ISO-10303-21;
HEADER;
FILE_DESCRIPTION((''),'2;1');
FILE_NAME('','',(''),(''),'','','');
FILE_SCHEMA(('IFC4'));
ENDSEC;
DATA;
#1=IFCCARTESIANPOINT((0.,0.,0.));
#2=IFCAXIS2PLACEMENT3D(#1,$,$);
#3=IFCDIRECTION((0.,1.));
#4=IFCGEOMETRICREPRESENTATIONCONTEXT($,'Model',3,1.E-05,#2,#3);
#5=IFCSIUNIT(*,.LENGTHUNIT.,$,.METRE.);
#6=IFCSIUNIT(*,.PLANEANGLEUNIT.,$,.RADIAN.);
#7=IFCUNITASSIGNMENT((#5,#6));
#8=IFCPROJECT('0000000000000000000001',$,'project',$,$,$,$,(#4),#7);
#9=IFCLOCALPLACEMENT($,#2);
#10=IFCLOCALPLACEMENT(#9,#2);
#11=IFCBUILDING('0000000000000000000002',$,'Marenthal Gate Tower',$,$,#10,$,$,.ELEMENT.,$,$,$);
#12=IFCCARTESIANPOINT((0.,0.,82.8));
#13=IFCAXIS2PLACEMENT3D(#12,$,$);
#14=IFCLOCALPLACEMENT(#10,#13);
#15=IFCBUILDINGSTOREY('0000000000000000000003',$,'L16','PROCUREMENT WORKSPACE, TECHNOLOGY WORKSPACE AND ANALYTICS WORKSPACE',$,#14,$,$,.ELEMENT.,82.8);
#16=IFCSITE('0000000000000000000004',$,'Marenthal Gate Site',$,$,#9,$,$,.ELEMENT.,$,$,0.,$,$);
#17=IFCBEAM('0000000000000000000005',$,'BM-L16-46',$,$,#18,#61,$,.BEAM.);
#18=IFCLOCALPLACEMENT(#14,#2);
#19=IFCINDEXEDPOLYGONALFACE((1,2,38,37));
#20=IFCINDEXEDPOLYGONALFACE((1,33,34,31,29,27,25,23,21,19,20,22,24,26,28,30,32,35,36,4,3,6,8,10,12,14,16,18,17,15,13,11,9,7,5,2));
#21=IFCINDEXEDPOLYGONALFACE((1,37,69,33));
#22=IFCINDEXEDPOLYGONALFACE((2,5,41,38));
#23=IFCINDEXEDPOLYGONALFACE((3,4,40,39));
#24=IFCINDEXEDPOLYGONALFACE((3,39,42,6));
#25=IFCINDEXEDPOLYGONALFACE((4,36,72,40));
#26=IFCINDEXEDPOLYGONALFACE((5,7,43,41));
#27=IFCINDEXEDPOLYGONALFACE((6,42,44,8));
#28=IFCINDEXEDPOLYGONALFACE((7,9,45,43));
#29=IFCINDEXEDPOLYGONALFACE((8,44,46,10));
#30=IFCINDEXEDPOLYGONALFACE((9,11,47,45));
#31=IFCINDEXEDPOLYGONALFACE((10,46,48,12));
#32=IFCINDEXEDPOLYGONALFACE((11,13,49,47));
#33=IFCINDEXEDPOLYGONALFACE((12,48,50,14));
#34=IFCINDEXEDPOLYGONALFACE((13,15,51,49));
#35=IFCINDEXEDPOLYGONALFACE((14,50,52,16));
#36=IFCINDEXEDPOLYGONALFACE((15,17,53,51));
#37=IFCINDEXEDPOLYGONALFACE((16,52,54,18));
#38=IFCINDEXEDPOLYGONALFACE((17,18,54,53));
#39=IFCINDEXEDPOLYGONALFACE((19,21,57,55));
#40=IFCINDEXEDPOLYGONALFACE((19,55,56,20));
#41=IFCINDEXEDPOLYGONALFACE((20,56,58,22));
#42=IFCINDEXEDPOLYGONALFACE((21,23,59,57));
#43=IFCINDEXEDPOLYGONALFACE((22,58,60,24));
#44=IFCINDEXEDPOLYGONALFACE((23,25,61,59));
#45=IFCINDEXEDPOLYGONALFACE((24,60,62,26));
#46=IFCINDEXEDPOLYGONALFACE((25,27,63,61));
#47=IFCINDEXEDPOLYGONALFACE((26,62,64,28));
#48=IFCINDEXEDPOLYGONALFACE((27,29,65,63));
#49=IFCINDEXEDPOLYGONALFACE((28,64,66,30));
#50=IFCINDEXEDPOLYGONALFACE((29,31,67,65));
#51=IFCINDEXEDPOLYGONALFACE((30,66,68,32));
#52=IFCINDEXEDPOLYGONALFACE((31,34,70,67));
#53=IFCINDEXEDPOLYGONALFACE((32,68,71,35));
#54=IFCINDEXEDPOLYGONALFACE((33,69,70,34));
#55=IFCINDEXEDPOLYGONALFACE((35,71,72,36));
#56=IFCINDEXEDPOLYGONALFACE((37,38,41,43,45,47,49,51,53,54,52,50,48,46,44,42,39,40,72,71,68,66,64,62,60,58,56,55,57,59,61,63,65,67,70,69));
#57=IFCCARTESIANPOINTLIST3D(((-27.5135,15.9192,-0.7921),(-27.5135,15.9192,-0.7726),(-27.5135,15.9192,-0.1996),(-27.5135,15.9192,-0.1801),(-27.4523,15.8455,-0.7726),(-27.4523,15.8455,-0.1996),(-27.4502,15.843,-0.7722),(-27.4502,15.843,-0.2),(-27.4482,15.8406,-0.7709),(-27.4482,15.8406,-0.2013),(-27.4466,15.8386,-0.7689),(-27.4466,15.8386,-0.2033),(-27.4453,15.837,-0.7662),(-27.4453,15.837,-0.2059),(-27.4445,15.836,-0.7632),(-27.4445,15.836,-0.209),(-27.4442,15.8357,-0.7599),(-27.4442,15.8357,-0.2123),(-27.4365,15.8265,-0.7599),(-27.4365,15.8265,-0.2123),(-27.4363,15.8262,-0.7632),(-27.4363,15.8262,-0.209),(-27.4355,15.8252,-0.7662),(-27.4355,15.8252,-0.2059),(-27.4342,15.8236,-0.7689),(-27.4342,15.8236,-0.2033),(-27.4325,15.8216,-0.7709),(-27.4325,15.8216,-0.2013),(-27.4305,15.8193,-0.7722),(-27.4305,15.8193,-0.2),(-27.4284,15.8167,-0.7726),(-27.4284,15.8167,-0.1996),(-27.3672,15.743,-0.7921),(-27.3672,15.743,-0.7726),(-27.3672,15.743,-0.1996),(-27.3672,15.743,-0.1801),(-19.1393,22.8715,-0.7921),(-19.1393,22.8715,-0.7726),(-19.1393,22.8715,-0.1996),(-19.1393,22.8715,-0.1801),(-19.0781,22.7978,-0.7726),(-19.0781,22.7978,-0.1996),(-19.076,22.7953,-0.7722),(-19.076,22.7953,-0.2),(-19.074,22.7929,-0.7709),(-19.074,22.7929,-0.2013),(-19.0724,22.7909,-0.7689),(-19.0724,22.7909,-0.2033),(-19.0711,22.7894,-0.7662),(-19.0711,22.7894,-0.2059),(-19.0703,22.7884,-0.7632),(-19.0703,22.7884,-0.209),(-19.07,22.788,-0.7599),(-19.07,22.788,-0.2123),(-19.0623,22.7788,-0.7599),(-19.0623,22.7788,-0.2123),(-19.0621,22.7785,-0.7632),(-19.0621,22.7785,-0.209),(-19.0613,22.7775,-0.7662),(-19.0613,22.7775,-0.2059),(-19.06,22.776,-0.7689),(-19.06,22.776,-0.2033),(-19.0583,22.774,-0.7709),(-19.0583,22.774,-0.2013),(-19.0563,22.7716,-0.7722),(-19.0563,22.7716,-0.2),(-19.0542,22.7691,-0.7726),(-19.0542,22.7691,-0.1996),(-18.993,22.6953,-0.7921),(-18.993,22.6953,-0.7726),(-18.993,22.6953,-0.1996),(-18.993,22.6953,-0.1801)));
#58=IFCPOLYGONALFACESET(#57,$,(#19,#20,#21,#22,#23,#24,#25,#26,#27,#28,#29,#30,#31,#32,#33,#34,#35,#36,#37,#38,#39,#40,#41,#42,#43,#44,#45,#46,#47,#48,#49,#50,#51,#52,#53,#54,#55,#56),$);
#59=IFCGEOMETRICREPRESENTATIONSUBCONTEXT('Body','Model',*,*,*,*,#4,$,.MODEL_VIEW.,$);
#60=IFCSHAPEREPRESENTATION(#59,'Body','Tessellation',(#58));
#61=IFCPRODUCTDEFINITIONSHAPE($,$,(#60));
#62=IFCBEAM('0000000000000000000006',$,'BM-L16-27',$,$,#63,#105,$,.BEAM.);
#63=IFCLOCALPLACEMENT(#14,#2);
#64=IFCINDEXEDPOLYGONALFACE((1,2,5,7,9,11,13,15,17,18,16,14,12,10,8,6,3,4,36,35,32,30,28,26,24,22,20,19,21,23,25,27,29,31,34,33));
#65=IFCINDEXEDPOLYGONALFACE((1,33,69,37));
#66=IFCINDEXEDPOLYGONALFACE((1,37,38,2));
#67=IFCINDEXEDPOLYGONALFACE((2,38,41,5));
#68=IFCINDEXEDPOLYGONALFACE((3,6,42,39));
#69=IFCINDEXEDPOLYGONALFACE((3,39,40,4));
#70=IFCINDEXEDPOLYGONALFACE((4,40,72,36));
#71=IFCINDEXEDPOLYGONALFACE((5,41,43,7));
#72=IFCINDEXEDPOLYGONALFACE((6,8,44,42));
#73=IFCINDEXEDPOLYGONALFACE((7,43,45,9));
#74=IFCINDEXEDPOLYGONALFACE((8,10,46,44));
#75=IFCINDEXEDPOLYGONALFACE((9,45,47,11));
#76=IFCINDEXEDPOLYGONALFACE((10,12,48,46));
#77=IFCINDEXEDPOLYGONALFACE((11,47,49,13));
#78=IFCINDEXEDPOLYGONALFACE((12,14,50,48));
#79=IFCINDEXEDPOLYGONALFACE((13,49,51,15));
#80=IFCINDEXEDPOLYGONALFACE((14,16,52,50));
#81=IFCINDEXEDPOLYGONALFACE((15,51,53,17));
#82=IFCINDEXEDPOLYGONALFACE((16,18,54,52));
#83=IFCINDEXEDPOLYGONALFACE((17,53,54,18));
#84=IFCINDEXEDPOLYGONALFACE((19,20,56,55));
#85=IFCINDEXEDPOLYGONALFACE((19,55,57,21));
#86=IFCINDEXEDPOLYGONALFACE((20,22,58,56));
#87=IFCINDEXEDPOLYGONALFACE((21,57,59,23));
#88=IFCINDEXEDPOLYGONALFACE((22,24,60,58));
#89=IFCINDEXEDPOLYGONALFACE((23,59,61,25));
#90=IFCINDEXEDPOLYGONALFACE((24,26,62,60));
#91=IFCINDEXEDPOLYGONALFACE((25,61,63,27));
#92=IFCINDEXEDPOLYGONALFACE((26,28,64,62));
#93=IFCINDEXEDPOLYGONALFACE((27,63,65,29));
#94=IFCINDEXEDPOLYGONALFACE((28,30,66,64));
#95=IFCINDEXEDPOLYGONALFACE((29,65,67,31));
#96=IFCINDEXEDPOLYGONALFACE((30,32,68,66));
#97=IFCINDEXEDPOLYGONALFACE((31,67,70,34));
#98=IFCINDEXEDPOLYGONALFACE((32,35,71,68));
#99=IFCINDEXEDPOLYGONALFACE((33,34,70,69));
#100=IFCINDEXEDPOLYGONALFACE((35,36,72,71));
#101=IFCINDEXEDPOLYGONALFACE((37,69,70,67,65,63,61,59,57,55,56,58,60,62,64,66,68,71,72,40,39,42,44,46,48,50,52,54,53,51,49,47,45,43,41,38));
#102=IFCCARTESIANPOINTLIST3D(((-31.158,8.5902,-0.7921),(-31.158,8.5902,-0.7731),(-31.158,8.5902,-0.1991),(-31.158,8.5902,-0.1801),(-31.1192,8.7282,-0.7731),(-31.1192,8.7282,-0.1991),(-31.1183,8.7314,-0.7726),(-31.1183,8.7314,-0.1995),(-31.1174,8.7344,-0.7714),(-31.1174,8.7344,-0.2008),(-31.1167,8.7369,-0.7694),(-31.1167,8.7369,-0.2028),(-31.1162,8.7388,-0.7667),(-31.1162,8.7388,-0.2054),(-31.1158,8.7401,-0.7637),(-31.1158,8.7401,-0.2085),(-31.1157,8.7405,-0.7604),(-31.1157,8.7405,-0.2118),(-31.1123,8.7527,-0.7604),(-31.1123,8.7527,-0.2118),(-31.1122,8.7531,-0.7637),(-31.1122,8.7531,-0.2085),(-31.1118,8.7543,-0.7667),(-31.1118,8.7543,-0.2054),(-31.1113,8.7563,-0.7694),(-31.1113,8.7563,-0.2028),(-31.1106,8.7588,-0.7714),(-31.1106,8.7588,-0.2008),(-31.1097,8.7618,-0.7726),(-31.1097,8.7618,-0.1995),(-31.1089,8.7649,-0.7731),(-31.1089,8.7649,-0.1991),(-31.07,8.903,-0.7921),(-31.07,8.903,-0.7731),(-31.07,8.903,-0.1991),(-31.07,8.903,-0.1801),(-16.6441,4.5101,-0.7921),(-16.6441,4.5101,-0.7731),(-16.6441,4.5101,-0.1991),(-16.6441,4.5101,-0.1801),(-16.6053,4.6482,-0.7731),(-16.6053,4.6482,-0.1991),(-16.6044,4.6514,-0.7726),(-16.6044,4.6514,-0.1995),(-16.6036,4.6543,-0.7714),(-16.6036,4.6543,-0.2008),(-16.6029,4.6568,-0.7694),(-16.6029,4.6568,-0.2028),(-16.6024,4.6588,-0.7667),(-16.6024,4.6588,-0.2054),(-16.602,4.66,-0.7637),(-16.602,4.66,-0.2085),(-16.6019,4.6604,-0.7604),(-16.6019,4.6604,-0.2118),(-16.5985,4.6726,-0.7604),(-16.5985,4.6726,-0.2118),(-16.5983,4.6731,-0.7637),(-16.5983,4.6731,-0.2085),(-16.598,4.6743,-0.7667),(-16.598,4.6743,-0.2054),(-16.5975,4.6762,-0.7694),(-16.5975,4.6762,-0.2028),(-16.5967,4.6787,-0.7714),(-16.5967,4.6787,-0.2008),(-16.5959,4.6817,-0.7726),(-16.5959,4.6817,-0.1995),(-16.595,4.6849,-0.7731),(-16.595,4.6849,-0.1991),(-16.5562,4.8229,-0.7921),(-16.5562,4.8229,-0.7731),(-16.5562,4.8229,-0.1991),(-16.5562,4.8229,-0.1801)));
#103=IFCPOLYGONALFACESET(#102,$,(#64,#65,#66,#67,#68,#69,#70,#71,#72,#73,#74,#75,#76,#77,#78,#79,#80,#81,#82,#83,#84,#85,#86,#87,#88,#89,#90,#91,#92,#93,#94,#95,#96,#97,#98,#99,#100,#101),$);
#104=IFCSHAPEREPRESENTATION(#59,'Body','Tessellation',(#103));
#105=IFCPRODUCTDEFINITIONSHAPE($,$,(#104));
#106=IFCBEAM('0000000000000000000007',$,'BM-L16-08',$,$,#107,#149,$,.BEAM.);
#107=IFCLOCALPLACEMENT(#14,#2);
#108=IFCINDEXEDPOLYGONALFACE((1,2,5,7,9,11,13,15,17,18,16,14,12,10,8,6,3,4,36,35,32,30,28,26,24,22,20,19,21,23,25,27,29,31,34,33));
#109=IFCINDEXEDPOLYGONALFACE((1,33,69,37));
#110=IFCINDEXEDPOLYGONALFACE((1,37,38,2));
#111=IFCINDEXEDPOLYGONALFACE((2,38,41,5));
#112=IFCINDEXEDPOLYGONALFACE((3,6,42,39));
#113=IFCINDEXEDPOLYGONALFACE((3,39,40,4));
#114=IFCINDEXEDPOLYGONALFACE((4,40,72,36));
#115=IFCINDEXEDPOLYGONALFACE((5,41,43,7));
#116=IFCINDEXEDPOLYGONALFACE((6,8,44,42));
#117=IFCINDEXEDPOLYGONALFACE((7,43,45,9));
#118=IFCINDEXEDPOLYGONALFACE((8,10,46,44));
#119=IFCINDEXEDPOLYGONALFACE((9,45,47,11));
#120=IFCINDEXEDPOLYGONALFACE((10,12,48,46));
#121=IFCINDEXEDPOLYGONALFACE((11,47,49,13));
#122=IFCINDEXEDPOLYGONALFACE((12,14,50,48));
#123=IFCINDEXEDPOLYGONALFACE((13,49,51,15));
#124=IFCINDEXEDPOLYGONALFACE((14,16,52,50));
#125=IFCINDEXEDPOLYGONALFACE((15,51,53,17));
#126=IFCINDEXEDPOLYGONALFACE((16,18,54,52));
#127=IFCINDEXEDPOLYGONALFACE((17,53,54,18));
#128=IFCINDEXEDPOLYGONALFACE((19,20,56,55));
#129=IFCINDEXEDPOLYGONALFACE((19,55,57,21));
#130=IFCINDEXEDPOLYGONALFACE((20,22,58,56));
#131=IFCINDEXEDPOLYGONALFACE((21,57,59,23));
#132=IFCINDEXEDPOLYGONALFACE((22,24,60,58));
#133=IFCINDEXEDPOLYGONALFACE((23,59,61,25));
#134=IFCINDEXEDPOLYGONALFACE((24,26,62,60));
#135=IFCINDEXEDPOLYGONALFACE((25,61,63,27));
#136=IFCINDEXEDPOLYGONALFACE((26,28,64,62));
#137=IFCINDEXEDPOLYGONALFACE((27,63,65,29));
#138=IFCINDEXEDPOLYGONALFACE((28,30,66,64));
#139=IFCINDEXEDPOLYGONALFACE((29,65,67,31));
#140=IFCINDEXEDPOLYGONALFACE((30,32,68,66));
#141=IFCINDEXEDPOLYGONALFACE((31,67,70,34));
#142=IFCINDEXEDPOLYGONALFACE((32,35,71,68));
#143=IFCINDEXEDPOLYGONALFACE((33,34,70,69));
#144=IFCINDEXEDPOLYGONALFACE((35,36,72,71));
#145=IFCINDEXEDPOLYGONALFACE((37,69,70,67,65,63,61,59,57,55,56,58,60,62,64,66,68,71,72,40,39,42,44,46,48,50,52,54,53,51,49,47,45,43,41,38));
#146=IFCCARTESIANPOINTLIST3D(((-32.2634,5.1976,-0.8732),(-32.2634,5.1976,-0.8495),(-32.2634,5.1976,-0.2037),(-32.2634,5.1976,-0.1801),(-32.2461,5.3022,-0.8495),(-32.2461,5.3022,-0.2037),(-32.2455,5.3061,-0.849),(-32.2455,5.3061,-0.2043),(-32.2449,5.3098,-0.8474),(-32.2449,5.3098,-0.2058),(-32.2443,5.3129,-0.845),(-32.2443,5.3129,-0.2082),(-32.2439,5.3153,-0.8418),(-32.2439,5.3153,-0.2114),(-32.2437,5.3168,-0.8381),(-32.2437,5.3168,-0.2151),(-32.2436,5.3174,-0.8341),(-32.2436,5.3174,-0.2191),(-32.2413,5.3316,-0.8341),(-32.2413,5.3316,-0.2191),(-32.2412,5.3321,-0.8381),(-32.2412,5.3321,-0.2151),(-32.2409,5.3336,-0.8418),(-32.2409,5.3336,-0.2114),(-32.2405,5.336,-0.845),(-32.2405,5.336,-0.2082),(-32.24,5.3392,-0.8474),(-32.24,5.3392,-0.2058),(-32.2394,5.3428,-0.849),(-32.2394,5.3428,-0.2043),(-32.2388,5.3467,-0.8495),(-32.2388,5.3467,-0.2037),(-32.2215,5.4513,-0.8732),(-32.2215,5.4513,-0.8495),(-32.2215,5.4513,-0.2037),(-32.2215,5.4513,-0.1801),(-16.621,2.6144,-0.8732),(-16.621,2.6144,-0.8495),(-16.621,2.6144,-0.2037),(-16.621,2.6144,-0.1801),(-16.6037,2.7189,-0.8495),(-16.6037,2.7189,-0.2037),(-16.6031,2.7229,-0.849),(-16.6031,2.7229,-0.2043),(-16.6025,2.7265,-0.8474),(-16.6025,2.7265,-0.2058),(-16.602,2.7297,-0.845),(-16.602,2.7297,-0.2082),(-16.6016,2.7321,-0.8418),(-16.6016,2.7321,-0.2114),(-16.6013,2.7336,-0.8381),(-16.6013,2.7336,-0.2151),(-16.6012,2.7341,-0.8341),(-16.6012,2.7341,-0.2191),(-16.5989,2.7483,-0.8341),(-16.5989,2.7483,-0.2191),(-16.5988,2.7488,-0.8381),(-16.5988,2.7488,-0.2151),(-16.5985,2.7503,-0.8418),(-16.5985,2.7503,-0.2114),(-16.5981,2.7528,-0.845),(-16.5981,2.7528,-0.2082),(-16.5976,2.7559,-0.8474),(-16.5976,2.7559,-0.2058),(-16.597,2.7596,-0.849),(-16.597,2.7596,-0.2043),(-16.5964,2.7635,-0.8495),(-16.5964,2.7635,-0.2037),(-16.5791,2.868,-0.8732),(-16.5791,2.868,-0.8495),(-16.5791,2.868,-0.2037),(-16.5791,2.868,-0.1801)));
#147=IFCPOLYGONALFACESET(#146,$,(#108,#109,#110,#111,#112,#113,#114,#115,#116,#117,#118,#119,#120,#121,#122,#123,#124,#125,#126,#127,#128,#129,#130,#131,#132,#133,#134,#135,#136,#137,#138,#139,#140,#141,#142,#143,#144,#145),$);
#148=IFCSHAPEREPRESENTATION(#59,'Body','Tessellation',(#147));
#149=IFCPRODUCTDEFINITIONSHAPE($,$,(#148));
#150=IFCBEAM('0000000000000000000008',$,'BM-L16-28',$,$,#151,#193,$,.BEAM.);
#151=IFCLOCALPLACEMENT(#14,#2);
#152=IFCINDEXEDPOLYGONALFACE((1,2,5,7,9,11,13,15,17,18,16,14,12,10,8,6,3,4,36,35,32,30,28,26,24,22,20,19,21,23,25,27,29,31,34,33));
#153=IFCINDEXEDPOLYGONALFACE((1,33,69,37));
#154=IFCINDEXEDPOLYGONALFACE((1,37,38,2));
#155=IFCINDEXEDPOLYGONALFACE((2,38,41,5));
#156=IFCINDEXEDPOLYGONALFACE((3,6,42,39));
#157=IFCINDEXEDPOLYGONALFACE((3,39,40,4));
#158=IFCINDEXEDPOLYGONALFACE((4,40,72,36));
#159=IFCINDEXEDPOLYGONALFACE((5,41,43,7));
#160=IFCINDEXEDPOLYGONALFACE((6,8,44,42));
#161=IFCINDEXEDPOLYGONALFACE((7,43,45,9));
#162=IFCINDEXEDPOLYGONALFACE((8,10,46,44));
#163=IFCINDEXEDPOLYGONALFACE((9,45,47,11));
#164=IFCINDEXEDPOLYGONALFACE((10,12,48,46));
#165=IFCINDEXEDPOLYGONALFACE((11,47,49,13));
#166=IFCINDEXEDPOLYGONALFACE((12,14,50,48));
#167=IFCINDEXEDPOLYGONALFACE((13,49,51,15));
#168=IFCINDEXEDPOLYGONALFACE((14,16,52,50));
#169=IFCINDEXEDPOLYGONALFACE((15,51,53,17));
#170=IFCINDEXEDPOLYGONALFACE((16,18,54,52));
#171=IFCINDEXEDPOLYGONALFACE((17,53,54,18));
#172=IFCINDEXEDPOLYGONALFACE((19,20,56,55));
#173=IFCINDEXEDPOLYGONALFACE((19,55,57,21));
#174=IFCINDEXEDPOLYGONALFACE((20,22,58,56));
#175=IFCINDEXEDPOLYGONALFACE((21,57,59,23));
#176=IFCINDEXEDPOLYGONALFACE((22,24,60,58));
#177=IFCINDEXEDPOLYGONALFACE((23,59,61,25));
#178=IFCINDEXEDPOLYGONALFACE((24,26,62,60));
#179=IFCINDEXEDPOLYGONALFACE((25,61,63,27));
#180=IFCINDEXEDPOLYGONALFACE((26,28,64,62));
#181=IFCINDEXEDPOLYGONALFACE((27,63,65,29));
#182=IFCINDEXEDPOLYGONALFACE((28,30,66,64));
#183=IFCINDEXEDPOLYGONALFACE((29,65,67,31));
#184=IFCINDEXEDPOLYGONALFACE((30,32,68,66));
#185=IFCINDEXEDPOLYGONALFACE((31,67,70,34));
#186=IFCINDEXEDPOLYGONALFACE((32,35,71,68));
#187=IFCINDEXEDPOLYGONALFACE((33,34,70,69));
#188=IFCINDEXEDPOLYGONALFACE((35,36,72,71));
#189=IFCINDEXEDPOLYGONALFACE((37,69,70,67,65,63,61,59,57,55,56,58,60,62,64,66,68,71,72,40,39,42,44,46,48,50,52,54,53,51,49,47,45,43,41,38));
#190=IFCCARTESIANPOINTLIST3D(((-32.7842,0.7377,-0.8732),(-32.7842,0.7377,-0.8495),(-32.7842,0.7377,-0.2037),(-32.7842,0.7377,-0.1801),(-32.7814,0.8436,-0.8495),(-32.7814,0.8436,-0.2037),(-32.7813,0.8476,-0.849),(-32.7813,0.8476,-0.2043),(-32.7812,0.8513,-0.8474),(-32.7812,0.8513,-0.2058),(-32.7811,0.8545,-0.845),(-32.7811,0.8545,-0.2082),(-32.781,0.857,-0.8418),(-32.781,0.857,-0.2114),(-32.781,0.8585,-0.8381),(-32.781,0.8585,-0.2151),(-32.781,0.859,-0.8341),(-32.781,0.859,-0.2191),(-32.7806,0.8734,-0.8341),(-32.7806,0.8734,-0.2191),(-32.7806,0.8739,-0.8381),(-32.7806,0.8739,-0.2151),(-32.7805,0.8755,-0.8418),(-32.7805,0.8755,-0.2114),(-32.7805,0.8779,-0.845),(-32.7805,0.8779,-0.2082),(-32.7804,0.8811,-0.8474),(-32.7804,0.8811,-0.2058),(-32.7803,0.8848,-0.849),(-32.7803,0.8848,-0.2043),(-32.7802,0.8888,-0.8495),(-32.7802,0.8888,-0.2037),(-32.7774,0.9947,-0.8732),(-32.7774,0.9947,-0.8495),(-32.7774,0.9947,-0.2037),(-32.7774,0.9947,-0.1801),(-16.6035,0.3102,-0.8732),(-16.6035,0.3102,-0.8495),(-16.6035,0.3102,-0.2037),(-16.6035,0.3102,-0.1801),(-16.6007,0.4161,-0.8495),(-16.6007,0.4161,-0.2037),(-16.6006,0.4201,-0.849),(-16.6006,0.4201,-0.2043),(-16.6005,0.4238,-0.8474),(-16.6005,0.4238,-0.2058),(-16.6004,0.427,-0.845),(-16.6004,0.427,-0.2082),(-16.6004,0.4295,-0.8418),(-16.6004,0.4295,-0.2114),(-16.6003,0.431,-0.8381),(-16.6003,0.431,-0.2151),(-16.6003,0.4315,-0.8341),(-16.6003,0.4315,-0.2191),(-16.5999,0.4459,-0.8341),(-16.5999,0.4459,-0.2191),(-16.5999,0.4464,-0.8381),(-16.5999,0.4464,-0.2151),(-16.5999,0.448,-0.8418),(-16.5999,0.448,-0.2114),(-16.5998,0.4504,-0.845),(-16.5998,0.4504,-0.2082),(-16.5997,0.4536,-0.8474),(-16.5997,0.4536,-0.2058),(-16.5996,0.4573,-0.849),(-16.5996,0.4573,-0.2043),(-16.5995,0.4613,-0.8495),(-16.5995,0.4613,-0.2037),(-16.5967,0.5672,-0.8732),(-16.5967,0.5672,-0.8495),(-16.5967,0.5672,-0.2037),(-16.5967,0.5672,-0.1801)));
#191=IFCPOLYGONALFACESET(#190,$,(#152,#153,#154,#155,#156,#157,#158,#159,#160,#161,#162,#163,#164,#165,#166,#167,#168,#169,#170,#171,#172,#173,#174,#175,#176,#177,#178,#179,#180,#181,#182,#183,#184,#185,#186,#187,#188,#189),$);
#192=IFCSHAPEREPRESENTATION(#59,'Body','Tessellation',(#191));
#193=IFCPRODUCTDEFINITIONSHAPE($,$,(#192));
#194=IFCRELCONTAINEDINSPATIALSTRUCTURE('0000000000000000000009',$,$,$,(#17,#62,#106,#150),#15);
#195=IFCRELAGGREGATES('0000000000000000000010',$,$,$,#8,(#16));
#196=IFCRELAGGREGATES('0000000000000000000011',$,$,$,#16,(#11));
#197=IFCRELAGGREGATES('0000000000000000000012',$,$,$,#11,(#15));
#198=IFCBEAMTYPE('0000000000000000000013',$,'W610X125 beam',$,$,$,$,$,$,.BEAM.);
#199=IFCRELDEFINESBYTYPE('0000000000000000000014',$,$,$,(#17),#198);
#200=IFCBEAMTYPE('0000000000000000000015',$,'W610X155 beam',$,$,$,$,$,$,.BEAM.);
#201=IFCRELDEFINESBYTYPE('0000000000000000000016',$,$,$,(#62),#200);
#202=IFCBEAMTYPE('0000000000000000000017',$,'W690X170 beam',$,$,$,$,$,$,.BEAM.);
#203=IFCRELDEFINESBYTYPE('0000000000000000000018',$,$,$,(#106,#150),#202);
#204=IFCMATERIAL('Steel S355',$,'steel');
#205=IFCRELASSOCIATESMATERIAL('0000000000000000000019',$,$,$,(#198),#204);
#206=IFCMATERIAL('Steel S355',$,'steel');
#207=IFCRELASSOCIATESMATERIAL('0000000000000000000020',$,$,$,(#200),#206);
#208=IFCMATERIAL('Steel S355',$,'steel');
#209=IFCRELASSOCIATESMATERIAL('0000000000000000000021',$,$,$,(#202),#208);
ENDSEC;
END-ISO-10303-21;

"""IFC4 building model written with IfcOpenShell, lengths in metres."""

from ifc_helpers import new_model, si_unit, direction, frame, origin, origin_2d, place, context, subcontext, project, spatial, i_section, extrude, material, material_profile, profile_set, type_object, element, save


model = new_model("IFC4")

# Units and contexts
model_context = context("Model", 3, precision=1e-05, world=origin(), true_north=direction((0.0, 1.0)))
body_context = subcontext(model_context, "Body", "Model", "MODEL_VIEW")
ifc_project = project(units=[si_unit("LENGTHUNIT", "METRE"), si_unit("PLANEANGLEUNIT", "RADIAN")], contexts=[model_context])

# Site, building, storey
site_placement = place(None, origin())
site = spatial("IfcSite", under=ifc_project, at=site_placement, Name="Marenthal Gate Site", CompositionType="ELEMENT", RefElevation=0.0)
building_placement = place(site_placement, origin())
building = spatial("IfcBuilding", under=site, at=building_placement, Name="Marenthal Gate Tower", CompositionType="ELEMENT")
storey_placement = place(building_placement, frame((0.0, 0.0, 82.8)))
storey = spatial("IfcBuildingStorey", under=building, at=storey_placement, Name="L16", Description="PROCUREMENT WORKSPACE, TECHNOLOGY WORKSPACE AND ANALYTICS WORKSPACE", CompositionType="ELEMENT", Elevation=82.8)

# Beams
ifc_material_1 = material(Name="Steel S355", Category="steel")
ifc_material_profile_1 = material_profile(ifc_material_1, i_section(OverallWidth=0.229, OverallDepth=0.6121, WebThickness=0.012, FlangeThickness=0.0195, FilletRadius=0.0127, at=origin_2d()), Name="W610X125")
ifc_profile_set_1 = profile_set([ifc_material_profile_1], Name="Steel S355")
beam_type_1 = type_object("IfcBeamType", Name="W610X125 beam", PredefinedType="BEAM", material=ifc_profile_set_1)
beam_1_placement = place(storey_placement, frame((-19.0662, 22.7834, -0.4861), z_axis=(-0.769402, -0.638765, 0.0), x_axis=(0.638765, -0.769402, 0.0)))
element("IfcBeam", 1, at=beam_1_placement, inside=storey, type_object=beam_type_1, Name="BM-L16-46", PredefinedType="BEAM", context=body_context, shape_type="SweptSolid", body=[
    extrude(i_section(OverallWidth=0.229, OverallDepth=0.6121, WebThickness=0.012, FlangeThickness=0.0195, FilletRadius=0.0127, at=origin_2d()), origin(), (0.0, 0.0, 1.0), 10.884),
])
ifc_material_2 = material(Name="Steel S355", Category="steel")
ifc_material_profile_2 = material_profile(ifc_material_2, i_section(OverallWidth=0.325, OverallDepth=0.6121, WebThickness=0.0127, FlangeThickness=0.019, FilletRadius=0.0127, at=origin_2d()), Name="W610X155")
ifc_profile_set_2 = profile_set([ifc_material_profile_2], Name="Steel S355")
beam_type_2 = type_object("IfcBeamType", Name="W610X155 beam", PredefinedType="BEAM", material=ifc_profile_set_2)
beam_2_placement = place(storey_placement, frame((-31.114, 8.7466, -0.4861), z_axis=(0.962685, -0.270625, 0.0), x_axis=(0.270625, 0.962685, 0.0)))
element("IfcBeam", 2, at=beam_2_placement, inside=storey, type_object=beam_type_2, Name="BM-L16-27", PredefinedType="BEAM", context=body_context, shape_type="SweptSolid", body=[
    extrude(i_section(OverallWidth=0.325, OverallDepth=0.6121, WebThickness=0.0127, FlangeThickness=0.019, FilletRadius=0.0127, at=origin_2d()), origin(), (0.0, 0.0, 1.0), 15.0764),
])
ifc_material_3 = material(Name="Steel S355", Category="steel")
ifc_material_profile_3 = material_profile(ifc_material_3, i_section(OverallWidth=0.2571, OverallDepth=0.6931, WebThickness=0.0144, FlangeThickness=0.0237, FilletRadius=0.0154, at=origin_2d()), Name="W690X170")
ifc_profile_set_3 = profile_set([ifc_material_profile_3], Name="Steel S355")
beam_type_3 = type_object("IfcBeamType", Name="W690X170 beam", PredefinedType="BEAM", material=ifc_profile_set_3)
beam_3_placement = place(storey_placement, frame((-32.2424, 5.3245, -0.5266), z_axis=(0.986636, -0.162938, 0.0), x_axis=(0.162938, 0.986636, 0.0)))
element("IfcBeam", 3, at=beam_3_placement, inside=storey, type_object=beam_type_3, Name="BM-L16-08", PredefinedType="BEAM", context=body_context, shape_type="SweptSolid", body=[
    extrude(i_section(OverallWidth=0.2571, OverallDepth=0.6931, WebThickness=0.0144, FlangeThickness=0.0237, FilletRadius=0.0154, at=origin_2d()), origin(), (0.0, 0.0, 1.0), 15.8542),
])
beam_4_placement = place(storey_placement, frame((-32.7808, 0.8662, -0.5266), z_axis=(0.999651, -0.026411, 0.0), x_axis=(0.026411, 0.999651, 0.0)))
element("IfcBeam", 4, at=beam_4_placement, inside=storey, type_object=beam_type_3, Name="BM-L16-28", PredefinedType="BEAM", context=body_context, shape_type="SweptSolid", body=[
    extrude(i_section(OverallWidth=0.2571, OverallDepth=0.6931, WebThickness=0.0144, FlangeThickness=0.0237, FilletRadius=0.0154, at=origin_2d()), origin(), (0.0, 0.0, 1.0), 16.1863),
])

save(model, "model.ifc")
